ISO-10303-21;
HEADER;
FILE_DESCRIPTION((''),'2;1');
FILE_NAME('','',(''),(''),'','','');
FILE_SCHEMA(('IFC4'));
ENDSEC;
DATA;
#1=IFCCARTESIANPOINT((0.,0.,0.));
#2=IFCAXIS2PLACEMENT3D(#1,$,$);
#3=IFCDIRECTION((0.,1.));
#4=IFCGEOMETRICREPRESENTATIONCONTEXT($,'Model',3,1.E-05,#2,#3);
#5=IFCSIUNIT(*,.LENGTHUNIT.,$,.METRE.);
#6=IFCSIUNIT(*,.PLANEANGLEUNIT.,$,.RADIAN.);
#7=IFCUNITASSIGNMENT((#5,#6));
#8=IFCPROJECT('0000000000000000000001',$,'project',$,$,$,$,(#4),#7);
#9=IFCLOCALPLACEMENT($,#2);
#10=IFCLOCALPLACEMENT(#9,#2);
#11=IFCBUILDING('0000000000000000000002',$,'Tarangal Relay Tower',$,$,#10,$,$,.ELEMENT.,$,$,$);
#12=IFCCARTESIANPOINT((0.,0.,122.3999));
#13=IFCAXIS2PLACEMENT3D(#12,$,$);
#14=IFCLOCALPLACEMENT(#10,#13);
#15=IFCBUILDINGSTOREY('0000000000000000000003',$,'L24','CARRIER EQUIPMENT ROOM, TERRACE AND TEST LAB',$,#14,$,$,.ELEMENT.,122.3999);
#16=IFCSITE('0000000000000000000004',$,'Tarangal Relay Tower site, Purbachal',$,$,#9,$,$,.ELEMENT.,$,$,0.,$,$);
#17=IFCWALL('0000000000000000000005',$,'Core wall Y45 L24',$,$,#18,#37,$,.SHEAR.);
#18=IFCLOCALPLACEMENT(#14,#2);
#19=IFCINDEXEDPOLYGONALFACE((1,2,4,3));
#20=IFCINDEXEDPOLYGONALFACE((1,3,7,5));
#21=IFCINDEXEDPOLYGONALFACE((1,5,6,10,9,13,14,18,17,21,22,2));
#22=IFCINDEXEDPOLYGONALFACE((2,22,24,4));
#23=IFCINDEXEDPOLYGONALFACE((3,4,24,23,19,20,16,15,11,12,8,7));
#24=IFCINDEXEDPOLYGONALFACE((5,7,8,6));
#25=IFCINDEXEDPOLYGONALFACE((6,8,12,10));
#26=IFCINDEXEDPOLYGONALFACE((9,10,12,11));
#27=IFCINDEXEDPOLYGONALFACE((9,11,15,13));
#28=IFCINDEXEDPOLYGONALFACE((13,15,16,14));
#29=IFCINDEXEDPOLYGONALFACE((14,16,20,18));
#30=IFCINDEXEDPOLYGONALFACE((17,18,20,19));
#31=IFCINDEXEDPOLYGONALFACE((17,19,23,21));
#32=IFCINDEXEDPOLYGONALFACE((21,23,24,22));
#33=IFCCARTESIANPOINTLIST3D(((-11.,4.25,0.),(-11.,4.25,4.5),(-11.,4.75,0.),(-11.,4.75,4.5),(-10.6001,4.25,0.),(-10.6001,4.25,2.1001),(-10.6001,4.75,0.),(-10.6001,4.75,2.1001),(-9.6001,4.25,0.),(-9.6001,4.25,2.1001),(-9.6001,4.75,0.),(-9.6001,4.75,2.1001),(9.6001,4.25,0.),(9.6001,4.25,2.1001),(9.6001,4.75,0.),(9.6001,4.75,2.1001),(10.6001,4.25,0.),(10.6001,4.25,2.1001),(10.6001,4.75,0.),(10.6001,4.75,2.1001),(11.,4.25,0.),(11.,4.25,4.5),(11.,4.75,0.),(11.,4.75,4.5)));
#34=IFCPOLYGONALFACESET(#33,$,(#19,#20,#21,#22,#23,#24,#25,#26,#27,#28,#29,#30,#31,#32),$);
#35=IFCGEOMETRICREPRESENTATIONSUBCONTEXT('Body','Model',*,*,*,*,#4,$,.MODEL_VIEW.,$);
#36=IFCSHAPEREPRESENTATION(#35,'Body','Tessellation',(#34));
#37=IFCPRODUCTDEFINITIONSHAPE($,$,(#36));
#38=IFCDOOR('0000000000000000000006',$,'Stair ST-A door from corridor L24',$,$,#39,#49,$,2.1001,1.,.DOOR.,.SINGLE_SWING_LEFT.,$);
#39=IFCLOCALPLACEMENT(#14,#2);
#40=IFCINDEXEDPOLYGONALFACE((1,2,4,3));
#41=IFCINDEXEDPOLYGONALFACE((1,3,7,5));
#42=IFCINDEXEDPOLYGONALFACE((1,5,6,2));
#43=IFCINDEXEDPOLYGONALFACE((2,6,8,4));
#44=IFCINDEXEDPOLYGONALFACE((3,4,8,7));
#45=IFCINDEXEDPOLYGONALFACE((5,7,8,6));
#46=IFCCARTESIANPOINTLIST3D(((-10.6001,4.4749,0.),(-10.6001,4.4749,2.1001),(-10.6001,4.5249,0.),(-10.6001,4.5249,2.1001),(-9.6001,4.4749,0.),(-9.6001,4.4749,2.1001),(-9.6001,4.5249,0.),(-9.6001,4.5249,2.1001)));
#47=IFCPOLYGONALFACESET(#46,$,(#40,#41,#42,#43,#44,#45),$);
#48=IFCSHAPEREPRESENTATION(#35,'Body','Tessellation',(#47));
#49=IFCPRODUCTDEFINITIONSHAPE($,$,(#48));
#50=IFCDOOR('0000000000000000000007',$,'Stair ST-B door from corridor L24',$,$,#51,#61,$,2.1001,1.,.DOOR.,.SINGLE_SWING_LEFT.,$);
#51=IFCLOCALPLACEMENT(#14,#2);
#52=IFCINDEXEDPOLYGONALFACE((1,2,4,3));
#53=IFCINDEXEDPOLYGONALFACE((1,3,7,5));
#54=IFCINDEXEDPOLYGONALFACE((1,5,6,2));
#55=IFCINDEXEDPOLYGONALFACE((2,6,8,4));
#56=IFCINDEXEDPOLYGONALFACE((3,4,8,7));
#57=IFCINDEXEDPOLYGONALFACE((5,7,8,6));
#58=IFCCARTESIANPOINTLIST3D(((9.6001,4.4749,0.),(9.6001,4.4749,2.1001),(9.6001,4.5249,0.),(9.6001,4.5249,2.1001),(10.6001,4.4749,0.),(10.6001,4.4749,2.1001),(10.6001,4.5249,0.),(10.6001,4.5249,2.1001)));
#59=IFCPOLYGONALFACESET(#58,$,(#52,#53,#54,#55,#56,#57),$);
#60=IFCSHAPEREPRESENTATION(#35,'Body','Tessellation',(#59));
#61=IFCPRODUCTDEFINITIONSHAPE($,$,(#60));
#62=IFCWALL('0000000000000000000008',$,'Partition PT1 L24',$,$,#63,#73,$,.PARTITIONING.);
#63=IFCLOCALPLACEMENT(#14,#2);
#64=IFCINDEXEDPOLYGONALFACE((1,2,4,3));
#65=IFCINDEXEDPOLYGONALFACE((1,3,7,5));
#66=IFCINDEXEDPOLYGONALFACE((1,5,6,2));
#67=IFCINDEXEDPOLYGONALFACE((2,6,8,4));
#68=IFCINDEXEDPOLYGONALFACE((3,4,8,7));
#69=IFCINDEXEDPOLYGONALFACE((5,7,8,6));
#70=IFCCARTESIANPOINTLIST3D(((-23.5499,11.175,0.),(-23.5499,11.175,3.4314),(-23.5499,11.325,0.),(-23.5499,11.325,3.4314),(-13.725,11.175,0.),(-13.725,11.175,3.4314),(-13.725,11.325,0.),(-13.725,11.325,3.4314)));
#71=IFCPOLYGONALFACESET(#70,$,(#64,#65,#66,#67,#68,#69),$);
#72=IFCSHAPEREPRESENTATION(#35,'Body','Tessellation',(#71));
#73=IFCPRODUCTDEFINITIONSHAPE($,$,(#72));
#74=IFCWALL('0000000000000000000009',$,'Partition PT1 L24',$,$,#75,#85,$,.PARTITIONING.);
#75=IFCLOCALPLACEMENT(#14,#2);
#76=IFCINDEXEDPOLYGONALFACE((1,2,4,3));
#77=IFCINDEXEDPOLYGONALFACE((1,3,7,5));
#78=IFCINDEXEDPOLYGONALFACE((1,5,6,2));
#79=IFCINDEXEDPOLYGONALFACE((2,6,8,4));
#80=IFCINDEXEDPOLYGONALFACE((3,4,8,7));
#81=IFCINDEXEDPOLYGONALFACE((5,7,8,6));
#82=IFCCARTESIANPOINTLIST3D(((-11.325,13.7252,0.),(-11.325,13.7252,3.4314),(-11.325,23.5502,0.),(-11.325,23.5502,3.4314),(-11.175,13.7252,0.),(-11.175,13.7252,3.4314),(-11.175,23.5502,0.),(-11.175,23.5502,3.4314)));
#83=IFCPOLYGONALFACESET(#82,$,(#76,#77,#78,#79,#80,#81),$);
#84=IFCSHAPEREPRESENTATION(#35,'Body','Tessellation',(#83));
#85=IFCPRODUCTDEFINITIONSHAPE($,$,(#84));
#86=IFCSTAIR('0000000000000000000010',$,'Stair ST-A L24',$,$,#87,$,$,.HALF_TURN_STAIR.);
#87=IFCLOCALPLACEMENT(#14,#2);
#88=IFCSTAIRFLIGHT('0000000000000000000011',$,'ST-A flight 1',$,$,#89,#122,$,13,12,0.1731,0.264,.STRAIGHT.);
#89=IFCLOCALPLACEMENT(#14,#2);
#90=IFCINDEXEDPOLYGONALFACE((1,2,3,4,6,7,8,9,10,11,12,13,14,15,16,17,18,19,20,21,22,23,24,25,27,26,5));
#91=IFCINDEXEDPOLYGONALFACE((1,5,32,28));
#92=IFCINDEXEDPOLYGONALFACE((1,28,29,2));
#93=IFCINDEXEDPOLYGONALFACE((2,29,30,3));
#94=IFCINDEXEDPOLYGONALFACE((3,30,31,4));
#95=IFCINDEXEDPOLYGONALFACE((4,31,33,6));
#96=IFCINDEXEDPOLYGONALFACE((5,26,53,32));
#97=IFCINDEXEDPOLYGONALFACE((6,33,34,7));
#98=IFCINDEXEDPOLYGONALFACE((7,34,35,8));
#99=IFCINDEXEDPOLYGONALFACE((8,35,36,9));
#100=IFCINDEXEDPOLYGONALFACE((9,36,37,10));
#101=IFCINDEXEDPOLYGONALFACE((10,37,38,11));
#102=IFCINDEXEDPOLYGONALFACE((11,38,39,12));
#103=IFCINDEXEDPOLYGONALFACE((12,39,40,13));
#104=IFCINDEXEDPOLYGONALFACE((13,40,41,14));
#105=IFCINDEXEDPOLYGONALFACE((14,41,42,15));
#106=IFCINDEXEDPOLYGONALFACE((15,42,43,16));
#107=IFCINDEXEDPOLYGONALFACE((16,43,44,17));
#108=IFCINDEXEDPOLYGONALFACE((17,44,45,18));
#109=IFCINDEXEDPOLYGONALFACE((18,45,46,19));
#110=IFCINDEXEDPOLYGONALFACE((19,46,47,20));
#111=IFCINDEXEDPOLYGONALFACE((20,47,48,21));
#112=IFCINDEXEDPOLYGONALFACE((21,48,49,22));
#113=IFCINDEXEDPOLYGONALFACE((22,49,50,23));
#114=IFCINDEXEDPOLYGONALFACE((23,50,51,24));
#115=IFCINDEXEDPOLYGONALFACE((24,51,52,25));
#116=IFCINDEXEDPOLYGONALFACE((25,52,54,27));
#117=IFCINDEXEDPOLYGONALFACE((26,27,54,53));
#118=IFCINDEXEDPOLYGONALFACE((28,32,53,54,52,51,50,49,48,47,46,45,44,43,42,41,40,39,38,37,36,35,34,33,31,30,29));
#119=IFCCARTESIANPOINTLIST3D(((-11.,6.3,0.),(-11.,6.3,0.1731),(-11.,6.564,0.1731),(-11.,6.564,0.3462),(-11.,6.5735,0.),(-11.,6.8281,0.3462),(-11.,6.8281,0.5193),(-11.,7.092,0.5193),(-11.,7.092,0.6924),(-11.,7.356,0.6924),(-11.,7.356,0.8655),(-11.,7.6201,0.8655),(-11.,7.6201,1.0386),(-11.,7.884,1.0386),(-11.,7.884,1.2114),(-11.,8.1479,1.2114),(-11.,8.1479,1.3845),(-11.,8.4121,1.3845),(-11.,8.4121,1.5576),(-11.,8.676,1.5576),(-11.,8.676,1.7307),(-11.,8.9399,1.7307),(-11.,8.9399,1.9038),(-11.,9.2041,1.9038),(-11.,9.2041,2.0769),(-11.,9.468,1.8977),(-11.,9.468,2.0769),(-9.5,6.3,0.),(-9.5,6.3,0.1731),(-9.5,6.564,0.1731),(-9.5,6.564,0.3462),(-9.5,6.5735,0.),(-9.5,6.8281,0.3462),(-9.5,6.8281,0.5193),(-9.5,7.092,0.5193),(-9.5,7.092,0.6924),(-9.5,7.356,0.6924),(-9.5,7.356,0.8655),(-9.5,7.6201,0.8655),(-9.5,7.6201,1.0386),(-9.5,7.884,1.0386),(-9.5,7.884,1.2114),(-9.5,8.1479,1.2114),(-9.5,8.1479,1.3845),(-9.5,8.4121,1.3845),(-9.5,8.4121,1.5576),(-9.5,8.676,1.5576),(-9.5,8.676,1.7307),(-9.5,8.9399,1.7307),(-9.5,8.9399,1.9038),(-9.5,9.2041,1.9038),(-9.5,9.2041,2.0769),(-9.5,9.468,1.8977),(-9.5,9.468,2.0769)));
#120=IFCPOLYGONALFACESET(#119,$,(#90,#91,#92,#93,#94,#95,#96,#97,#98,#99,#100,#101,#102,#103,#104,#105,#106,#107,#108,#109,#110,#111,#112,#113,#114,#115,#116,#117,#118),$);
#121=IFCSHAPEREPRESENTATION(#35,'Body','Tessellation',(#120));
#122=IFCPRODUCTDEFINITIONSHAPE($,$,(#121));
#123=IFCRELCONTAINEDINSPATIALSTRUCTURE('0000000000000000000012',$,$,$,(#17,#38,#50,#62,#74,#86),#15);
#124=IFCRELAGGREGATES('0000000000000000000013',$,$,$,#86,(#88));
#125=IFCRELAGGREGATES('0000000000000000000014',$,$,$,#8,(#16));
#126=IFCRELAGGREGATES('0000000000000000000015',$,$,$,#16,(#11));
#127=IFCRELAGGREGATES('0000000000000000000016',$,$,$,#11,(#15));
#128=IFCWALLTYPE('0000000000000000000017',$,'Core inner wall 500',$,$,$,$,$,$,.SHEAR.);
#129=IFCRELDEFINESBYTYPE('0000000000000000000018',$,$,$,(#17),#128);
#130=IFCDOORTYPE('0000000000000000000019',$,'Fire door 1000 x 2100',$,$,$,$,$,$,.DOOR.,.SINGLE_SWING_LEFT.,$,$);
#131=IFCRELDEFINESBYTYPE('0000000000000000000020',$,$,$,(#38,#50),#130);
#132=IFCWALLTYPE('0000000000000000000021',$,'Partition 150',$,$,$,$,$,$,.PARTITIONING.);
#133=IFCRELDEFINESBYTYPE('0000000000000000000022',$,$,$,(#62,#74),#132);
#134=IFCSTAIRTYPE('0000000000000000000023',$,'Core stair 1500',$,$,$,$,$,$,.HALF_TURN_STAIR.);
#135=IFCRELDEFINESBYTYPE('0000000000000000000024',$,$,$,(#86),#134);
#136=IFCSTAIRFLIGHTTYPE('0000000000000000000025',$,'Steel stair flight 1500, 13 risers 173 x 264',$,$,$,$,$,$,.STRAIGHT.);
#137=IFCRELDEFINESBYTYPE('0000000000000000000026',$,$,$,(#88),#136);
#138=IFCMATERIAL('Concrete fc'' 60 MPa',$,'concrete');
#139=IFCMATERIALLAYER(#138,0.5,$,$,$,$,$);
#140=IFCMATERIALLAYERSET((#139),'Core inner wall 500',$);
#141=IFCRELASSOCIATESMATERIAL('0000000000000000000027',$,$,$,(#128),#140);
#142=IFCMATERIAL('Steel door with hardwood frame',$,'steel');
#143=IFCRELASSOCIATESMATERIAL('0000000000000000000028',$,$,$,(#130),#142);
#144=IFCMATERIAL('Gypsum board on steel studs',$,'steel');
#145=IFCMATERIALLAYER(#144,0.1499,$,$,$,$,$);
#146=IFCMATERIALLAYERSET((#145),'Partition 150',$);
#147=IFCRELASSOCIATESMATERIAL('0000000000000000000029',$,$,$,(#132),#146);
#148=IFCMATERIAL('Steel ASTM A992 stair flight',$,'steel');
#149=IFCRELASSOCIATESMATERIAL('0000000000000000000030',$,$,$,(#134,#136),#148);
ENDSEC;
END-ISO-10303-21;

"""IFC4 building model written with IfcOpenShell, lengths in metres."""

from ifc_helpers import new_model, si_unit, direction, frame, frame_2d, origin, place, context, subcontext, project, spatial, polyline, rectangle, outline, extrude, material, layer, layer_set, type_object, element, fill, aggregate, save


model = new_model("IFC4")

# Units and contexts
model_context = context("Model", 3, precision=1e-05, world=origin(), true_north=direction((0.0, 1.0)))
body_context = subcontext(model_context, "Body", "Model", "MODEL_VIEW")
ifc_project = project(units=[si_unit("LENGTHUNIT", "METRE"), si_unit("PLANEANGLEUNIT", "RADIAN")], contexts=[model_context])

# Site, building, storey
site_placement = place(None, origin())
site = spatial("IfcSite", under=ifc_project, at=site_placement, Name="Tarangal Relay Tower site, Purbachal", CompositionType="ELEMENT", RefElevation=0.0)
building_placement = place(site_placement, origin())
building = spatial("IfcBuilding", under=site, at=building_placement, Name="Tarangal Relay Tower", CompositionType="ELEMENT")
storey_placement = place(building_placement, frame((0.0, 0.0, 122.3999)))
storey = spatial("IfcBuildingStorey", under=building, at=storey_placement, Name="L24", Description="CARRIER EQUIPMENT ROOM, TERRACE AND TEST LAB", CompositionType="ELEMENT", Elevation=122.3999)

# Wall, openings, doors
ifc_material_1 = material(Name="Concrete fc' 60 MPa", Category="concrete")
ifc_layer_1 = layer(ifc_material_1, 0.5)
ifc_layer_set_1 = layer_set([ifc_layer_1], Name="Core inner wall 500")
wall_type_1 = type_object("IfcWallType", Name="Core inner wall 500", PredefinedType="SHEAR", material=ifc_layer_set_1)
wall_1_placement = place(storey_placement, frame((-11.0, 4.5, 0.0), z_axis=(0.0, 0.0, 1.0), x_axis=(1.0, 0.0, 0.0)))
wall_1 = element("IfcWall", 1, at=wall_1_placement, inside=storey, type_object=wall_type_1, Name="Core wall Y45 L24", PredefinedType="SHEAR", context=body_context, shape_type="SweptSolid", body=[
    extrude(rectangle(XDim=22.0, YDim=0.5, at=frame_2d((11.0, 0.0))), origin(), (0.0, 0.0, 1.0), 4.5),
])
opening_1_placement = place(wall_1_placement, frame((0.3999, 0.0, 0.0)))
opening_1 = element("IfcOpeningElement", 2, at=opening_1_placement, cuts=wall_1, PredefinedType="OPENING", context=body_context, shape_type="SweptSolid", body=[
    extrude(rectangle(XDim=1.0, YDim=2.1001, at=frame_2d((0.5, 1.05))), frame((0.0, 0.26, 0.0), z_axis=(0.0, -1.0, 0.0), x_axis=(1.0, 0.0, 0.0)), (0.0, 0.0, 1.0), 0.52),
])
opening_2_placement = place(wall_1_placement, frame((20.6001, 0.0, 0.0)))
opening_2 = element("IfcOpeningElement", 3, at=opening_2_placement, cuts=wall_1, PredefinedType="OPENING", context=body_context, shape_type="SweptSolid", body=[
    extrude(rectangle(XDim=1.0, YDim=2.1001, at=frame_2d((0.5, 1.05))), frame((0.0, 0.26, 0.0), z_axis=(0.0, -1.0, 0.0), x_axis=(1.0, 0.0, 0.0)), (0.0, 0.0, 1.0), 0.52),
])
ifc_material_2 = material(Name="Steel door with hardwood frame", Category="steel")
door_type_1 = type_object("IfcDoorType", Name="Fire door 1000 x 2100", OperationType="SINGLE_SWING_LEFT", PredefinedType="DOOR", material=ifc_material_2)
door_1_placement = place(opening_1_placement, origin())
door_1 = element("IfcDoor", 4, at=door_1_placement, inside=storey, type_object=door_type_1, Name="Stair ST-A door from corridor L24", OperationType="SINGLE_SWING_LEFT", OverallHeight=2.1001, OverallWidth=1.0, PredefinedType="DOOR", context=body_context, shape_type="SweptSolid", body=[
    extrude(rectangle(XDim=1.0, YDim=2.1001, at=frame_2d((0.5, 1.05))), frame((0.0, 0.0249, 0.0), z_axis=(0.0, -1.0, 0.0), x_axis=(1.0, 0.0, 0.0)), (0.0, 0.0, 1.0), 0.05),
])
fill(opening_1, door_1)
door_2_placement = place(opening_2_placement, origin())
door_2 = element("IfcDoor", 5, at=door_2_placement, inside=storey, type_object=door_type_1, Name="Stair ST-B door from corridor L24", OperationType="SINGLE_SWING_LEFT", OverallHeight=2.1001, OverallWidth=1.0, PredefinedType="DOOR", context=body_context, shape_type="SweptSolid", body=[
    extrude(rectangle(XDim=1.0, YDim=2.1001, at=frame_2d((0.5, 1.05))), frame((0.0, 0.0249, 0.0), z_axis=(0.0, -1.0, 0.0), x_axis=(1.0, 0.0, 0.0)), (0.0, 0.0, 1.0), 0.05),
])
fill(opening_2, door_2)

# Walls
ifc_material_3 = material(Name="Gypsum board on steel studs", Category="steel")
ifc_layer_2 = layer(ifc_material_3, 0.1499)
ifc_layer_set_2 = layer_set([ifc_layer_2], Name="Partition 150")
wall_type_2 = type_object("IfcWallType", Name="Partition 150", PredefinedType="PARTITIONING", material=ifc_layer_set_2)
for number, where, z_axis, x_axis, name in (
    (6, (-23.55, 11.25, 0.0), (0.0, 0.0, 1.0), (1.0, 0.0, 0.0), "Partition PT1 L24"),
    (7, (-11.25, 13.7251, 0.0), (0.0, 0.0, 1.0), (0.0, 1.0, 0.0), "Partition PT1 L24"),
):
    element("IfcWall", number, at=place(storey_placement, frame(where, z_axis=z_axis, x_axis=x_axis)), inside=storey, type_object=wall_type_2, Name=name, PredefinedType="PARTITIONING", context=body_context, shape_type="SweptSolid", body=[
        extrude(rectangle(XDim=9.825, YDim=0.1499, at=frame_2d((4.9126, 0.0))), origin(), (0.0, 0.0, 1.0), 3.4314),
    ])

# Stair, stair flight
ifc_material_4 = material(Name="Steel ASTM A992 stair flight", Category="steel")
stair_type = type_object("IfcStairType", Name="Core stair 1500", PredefinedType="HALF_TURN_STAIR", material=ifc_material_4)
stair_placement = place(storey_placement, origin())
stair = element("IfcStair", 8, at=stair_placement, inside=storey, type_object=stair_type, Name="Stair ST-A L24", PredefinedType="HALF_TURN_STAIR")
stair_flight_type = type_object("IfcStairFlightType", Name="Steel stair flight 1500, 13 risers 173 x 264", PredefinedType="STRAIGHT", material=ifc_material_4)
stair_flight_placement = place(storey_placement, frame((-10.25, 6.3, 0.0), z_axis=(0.0, 0.0, 1.0), x_axis=(0.0, 1.0, 0.0)))
stair_flight = element("IfcStairFlight", 9, at=stair_flight_placement, type_object=stair_flight_type, Name="ST-A flight 1", NumberOfRisers=13, NumberOfTreads=12, PredefinedType="STRAIGHT", RiserHeight=0.1731, TreadLength=0.264, context=body_context, shape_type="SweptSolid", body=[
    extrude(outline(polyline([(0.0, 0.0), (0.0, 0.1731), (0.2639, 0.1731), (0.2639, 0.3462), (0.5281, 0.3462), (0.5281, 0.5193), (0.792, 0.5193), (0.792, 0.6924), (1.0559, 0.6924), (1.0559, 0.8655), (1.3201, 0.8655), (1.3201, 1.0386), (1.584, 1.0386), (1.584, 1.2114), (1.8479, 1.2114), (1.8479, 1.3845), (2.1121, 1.3845), (2.1121, 1.5576), (2.376, 1.5576), (2.376, 1.7307), (2.6399, 1.7307), (2.6399, 1.9038), (2.9041, 1.9038), (2.9041, 2.0769), (3.168, 2.0769), (3.168, 2.25), (3.168, 1.8977), (0.2734, 0.0), (0.0, 0.0)])), frame((0.0, 0.75, 0.0), z_axis=(0.0, -1.0, 0.0), x_axis=(1.0, 0.0, 0.0)), (0.0, 0.0, 1.0), 1.5),
])
aggregate(stair, [stair_flight])

save(model, "model.ifc")
